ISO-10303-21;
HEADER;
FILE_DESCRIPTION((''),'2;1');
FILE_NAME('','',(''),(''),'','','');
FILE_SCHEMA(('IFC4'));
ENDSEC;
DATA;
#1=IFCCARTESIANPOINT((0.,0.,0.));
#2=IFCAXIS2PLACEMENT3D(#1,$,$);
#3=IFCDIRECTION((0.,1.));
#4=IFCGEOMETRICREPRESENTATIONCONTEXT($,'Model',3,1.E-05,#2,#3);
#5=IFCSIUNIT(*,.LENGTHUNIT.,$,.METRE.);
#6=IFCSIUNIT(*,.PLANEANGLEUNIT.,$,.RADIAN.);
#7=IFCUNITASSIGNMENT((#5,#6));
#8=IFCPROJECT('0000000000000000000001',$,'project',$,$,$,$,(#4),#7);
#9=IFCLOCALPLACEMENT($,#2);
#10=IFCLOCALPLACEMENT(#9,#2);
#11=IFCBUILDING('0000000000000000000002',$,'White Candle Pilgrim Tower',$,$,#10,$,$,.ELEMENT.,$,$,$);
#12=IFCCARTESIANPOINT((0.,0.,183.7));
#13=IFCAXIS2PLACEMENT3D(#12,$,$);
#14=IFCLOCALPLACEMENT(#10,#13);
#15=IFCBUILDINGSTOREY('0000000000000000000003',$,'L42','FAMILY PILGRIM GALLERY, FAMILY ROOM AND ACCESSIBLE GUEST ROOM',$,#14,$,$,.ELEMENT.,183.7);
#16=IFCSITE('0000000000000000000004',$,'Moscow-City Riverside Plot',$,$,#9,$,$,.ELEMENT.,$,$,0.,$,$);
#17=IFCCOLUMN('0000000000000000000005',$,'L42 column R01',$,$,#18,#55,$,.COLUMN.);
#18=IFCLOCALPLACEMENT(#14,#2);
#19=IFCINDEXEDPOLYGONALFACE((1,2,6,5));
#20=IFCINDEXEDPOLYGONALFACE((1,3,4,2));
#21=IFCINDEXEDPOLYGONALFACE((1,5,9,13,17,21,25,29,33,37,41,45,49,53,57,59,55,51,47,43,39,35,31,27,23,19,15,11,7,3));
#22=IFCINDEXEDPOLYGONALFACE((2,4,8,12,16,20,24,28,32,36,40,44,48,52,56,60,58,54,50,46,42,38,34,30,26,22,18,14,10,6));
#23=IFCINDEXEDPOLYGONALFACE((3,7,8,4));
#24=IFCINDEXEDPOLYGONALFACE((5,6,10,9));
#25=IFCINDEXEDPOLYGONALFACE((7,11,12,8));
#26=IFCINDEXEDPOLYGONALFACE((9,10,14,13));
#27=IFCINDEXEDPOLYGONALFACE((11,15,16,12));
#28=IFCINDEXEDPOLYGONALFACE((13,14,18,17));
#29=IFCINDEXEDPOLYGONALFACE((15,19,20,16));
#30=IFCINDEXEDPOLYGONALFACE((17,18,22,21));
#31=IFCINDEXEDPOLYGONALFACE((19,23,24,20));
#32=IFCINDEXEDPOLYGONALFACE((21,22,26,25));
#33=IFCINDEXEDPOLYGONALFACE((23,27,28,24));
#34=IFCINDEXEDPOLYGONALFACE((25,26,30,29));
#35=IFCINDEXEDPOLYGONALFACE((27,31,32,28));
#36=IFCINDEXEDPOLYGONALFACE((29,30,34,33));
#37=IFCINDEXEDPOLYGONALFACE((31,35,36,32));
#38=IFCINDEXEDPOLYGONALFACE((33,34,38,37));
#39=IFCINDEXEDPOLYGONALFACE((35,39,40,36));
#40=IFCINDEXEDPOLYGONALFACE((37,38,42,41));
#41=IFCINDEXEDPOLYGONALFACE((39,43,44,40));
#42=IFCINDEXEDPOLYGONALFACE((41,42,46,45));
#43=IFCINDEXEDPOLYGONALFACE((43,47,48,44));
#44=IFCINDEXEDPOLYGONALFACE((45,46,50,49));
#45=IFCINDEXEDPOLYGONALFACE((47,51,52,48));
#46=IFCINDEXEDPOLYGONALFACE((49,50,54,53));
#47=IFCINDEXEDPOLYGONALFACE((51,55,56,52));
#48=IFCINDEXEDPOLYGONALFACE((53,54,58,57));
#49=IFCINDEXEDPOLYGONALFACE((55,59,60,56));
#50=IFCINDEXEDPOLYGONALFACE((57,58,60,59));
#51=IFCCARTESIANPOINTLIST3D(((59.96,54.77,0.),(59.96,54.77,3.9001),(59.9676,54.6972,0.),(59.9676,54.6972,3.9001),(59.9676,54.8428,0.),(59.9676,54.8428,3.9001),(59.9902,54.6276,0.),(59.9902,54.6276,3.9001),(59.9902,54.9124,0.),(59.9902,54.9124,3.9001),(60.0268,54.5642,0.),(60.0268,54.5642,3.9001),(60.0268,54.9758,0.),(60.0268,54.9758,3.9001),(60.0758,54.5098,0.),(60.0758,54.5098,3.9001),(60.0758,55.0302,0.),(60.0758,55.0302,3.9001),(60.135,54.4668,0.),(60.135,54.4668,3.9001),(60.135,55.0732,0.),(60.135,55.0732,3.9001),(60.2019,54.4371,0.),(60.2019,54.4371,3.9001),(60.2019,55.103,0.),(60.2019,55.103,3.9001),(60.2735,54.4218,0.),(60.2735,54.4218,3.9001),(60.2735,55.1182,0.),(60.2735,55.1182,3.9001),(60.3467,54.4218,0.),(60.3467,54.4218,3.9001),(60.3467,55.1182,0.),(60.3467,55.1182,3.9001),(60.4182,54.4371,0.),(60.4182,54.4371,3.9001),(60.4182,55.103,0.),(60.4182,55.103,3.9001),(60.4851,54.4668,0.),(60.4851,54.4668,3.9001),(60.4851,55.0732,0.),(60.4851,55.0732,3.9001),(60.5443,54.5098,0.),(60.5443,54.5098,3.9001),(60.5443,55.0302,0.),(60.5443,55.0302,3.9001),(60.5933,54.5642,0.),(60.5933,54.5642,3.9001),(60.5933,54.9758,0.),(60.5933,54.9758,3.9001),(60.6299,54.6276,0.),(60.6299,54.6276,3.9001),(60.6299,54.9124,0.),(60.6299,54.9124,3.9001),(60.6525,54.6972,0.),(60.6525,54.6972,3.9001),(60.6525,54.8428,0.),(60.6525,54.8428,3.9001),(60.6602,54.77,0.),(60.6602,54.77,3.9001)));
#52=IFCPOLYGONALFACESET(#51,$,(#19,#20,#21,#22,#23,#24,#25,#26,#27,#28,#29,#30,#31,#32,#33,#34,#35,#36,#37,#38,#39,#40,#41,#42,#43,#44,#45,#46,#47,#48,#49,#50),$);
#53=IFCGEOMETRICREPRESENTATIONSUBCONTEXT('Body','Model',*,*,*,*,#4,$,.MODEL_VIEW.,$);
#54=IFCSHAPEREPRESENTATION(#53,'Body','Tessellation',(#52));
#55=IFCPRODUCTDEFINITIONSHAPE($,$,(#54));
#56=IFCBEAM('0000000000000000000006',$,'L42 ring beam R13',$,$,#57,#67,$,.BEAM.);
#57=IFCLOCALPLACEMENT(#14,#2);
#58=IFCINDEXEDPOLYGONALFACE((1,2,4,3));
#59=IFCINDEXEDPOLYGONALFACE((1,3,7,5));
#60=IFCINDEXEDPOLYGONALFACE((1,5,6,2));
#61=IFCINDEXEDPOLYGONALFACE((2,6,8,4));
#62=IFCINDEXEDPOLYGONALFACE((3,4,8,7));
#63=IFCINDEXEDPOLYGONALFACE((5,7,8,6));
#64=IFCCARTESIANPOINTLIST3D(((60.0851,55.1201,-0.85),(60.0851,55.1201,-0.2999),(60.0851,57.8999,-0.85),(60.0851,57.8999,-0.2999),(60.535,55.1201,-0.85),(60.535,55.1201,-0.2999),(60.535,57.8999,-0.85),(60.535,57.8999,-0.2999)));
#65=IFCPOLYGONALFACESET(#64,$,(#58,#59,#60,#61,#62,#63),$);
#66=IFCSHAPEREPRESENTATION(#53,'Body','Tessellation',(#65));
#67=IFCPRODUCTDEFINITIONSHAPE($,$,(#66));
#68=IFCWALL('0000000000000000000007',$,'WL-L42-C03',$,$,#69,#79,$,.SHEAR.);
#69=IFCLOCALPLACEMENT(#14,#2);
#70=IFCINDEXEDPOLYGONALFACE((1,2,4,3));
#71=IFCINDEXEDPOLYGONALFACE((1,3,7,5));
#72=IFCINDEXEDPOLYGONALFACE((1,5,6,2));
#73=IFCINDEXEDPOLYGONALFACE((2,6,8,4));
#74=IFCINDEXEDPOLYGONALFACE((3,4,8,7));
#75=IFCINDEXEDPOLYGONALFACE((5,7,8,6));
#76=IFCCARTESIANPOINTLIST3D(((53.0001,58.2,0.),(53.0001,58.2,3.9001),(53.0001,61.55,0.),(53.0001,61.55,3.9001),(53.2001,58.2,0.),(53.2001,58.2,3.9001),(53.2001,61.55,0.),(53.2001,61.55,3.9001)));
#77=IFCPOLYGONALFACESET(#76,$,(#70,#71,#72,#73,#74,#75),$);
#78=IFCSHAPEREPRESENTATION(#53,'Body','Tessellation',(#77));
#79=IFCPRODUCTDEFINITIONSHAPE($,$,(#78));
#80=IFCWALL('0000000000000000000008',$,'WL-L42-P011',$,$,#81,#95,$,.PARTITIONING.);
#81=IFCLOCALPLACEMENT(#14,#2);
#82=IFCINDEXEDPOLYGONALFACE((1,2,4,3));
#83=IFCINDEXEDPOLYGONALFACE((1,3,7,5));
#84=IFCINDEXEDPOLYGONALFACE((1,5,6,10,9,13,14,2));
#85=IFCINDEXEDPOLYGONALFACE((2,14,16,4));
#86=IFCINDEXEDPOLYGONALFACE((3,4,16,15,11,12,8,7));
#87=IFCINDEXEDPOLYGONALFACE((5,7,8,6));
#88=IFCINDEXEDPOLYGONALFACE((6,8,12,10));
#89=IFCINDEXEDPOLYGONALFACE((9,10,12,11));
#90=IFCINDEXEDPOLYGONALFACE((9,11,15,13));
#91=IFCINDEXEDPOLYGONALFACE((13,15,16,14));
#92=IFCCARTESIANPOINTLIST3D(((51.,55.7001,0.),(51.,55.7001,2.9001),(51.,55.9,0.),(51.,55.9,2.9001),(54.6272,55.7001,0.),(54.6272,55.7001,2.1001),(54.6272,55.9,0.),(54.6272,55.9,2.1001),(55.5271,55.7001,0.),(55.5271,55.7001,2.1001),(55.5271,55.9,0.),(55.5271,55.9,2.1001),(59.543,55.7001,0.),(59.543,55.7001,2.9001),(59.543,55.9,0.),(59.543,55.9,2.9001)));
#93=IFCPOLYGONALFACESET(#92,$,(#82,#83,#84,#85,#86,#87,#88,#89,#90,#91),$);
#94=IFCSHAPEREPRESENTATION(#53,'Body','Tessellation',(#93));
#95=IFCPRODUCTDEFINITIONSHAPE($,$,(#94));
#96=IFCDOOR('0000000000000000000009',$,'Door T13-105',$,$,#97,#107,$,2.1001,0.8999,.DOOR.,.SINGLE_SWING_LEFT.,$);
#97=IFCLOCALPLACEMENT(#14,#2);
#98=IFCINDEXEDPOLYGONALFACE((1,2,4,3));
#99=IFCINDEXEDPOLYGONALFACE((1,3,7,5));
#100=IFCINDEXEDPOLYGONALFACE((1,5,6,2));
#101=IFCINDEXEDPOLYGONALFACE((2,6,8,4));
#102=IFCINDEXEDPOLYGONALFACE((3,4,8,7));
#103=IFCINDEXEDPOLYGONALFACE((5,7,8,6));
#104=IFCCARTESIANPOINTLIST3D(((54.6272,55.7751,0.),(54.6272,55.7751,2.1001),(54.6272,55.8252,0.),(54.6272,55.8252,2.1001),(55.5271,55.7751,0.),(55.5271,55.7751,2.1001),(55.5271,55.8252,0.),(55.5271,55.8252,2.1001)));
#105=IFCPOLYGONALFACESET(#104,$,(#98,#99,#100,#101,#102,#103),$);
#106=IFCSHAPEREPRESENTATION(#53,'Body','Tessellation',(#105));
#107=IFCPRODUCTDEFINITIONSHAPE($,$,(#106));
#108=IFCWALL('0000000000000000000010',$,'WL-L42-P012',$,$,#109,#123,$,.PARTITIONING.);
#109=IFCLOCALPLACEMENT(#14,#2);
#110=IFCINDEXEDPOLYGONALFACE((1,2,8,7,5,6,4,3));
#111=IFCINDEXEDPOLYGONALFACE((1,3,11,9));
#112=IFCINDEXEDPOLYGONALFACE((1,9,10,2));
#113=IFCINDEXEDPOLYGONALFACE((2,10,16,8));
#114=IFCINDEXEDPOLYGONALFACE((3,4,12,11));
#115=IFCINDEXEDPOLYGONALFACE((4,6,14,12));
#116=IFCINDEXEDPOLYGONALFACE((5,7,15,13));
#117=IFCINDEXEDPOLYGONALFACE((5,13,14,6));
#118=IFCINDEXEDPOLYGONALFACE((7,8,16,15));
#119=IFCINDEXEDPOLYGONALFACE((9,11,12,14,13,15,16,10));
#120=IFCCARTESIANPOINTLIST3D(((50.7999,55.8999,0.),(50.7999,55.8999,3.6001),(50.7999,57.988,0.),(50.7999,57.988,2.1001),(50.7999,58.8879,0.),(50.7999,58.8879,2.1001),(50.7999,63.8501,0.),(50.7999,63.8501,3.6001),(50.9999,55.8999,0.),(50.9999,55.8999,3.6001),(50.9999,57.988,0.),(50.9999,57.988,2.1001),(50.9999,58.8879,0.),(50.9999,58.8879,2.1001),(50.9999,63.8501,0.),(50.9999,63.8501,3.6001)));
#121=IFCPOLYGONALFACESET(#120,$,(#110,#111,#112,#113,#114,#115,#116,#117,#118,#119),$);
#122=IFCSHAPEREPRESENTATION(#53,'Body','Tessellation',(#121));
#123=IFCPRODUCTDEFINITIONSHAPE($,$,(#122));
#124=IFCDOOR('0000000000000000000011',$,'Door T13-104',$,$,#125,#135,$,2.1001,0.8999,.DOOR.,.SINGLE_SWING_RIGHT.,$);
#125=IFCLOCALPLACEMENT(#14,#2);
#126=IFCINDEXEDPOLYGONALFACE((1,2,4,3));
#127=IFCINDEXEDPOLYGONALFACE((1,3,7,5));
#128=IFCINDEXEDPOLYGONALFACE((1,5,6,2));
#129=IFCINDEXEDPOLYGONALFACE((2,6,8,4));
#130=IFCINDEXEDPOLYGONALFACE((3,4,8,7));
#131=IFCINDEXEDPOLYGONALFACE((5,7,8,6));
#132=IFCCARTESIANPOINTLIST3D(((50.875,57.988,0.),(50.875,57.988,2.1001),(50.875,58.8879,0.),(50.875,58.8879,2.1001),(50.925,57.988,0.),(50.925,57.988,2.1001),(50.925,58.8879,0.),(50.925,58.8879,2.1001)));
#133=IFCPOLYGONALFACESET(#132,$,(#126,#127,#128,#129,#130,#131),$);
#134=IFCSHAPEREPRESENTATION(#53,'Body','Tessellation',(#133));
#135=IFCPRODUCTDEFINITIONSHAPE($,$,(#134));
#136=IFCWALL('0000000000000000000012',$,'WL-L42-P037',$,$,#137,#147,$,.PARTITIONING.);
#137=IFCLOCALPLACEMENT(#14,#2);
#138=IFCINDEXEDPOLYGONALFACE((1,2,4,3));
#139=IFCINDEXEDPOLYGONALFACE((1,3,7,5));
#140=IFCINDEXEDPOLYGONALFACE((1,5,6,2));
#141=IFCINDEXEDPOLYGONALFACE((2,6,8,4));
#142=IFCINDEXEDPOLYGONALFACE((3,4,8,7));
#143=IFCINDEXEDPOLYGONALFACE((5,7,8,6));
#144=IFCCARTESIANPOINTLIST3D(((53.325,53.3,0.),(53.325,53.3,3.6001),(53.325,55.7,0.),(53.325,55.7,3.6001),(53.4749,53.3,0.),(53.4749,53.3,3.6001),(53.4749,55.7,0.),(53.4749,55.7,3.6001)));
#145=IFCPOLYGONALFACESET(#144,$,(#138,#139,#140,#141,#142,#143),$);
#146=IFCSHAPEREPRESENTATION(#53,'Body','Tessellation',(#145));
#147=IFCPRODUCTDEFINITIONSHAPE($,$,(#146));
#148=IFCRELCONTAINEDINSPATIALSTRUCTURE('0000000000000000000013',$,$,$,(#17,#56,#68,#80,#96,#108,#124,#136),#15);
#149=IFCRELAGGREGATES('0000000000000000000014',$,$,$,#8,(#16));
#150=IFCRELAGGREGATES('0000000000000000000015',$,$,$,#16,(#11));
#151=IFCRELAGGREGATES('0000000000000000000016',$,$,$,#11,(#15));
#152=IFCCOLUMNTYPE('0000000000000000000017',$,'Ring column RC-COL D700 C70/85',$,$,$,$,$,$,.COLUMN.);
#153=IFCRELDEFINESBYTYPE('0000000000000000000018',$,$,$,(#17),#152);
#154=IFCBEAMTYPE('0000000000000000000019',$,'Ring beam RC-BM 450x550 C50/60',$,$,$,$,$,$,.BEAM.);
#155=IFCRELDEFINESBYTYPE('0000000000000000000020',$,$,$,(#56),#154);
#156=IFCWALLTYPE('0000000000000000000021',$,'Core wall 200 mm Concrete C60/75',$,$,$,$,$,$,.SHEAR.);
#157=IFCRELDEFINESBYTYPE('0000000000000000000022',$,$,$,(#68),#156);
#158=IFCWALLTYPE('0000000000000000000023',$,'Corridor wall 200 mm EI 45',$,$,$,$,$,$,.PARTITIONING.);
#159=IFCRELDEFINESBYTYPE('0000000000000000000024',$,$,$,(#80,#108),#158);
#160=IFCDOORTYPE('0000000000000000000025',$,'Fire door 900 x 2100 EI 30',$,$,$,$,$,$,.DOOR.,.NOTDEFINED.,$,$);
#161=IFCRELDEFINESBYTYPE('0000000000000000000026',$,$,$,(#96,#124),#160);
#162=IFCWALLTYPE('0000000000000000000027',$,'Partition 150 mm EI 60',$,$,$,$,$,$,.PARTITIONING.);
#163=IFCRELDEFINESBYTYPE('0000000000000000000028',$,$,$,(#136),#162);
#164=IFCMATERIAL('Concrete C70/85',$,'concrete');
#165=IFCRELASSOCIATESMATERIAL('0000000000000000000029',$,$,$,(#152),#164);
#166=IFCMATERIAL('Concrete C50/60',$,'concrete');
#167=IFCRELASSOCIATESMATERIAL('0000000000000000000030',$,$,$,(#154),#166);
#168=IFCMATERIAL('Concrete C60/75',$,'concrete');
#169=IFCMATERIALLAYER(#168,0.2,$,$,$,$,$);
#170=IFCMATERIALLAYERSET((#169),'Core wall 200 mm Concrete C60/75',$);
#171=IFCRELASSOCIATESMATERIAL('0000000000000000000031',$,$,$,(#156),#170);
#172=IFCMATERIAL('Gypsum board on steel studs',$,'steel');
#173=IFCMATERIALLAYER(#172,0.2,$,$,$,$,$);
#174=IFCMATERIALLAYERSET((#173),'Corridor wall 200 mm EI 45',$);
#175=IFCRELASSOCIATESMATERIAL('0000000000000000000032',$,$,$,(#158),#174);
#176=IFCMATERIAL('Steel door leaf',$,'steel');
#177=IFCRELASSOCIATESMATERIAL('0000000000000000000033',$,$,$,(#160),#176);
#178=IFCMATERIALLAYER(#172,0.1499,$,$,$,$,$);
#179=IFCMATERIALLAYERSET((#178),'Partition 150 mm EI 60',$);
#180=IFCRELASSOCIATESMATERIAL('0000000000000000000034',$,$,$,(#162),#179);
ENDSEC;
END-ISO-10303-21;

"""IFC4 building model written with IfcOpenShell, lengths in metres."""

from ifc_helpers import new_model, si_unit, direction, frame, frame_2d, origin, origin_2d, place, context, subcontext, project, spatial, rectangle, circle, extrude, material, layer, layer_set, material_profile, profile_set, type_object, element, fill, save


model = new_model("IFC4")

# Units and contexts
model_context = context("Model", 3, precision=1e-05, world=origin(), true_north=direction((0.0, 1.0)))
body_context = subcontext(model_context, "Body", "Model", "MODEL_VIEW")
ifc_project = project(units=[si_unit("LENGTHUNIT", "METRE"), si_unit("PLANEANGLEUNIT", "RADIAN")], contexts=[model_context])

# Site, building, storey
site_placement = place(None, origin())
site = spatial("IfcSite", under=ifc_project, at=site_placement, Name="Moscow-City Riverside Plot", CompositionType="ELEMENT", RefElevation=0.0)
building_placement = place(site_placement, origin())
building = spatial("IfcBuilding", under=site, at=building_placement, Name="White Candle Pilgrim Tower", CompositionType="ELEMENT")
storey_placement = place(building_placement, frame((0.0, 0.0, 183.7)))
storey = spatial("IfcBuildingStorey", under=building, at=storey_placement, Name="L42", Description="FAMILY PILGRIM GALLERY, FAMILY ROOM AND ACCESSIBLE GUEST ROOM", CompositionType="ELEMENT", Elevation=183.7)

# Column
ifc_material_1 = material(Name="Concrete C70/85", Category="concrete")
ifc_material_profile_1 = material_profile(ifc_material_1, circle(Radius=0.3501, at=origin_2d()), Name="RC-COL D700")
ifc_profile_set_1 = profile_set([ifc_material_profile_1], Name="Concrete C70/85")
column_type = type_object("IfcColumnType", Name="Ring column RC-COL D700 C70/85", PredefinedType="COLUMN", material=ifc_profile_set_1)
column_placement = place(storey_placement, frame((60.3101, 54.77, 0.0), z_axis=(0.0, 0.0, 1.0), x_axis=(1.0, 0.0, 0.0)))
element("IfcColumn", 1, at=column_placement, inside=storey, type_object=column_type, Name="L42 column R01", PredefinedType="COLUMN", context=body_context, shape_type="SweptSolid", body=[
    extrude(circle(Radius=0.3501, at=origin_2d()), origin(), (0.0, 0.0, 1.0), 3.9001),
])

# Beam
ifc_material_2 = material(Name="Concrete C50/60", Category="concrete")
ifc_material_profile_2 = material_profile(ifc_material_2, rectangle(XDim=0.45, YDim=0.55, at=origin_2d()), Name="RC-BM 450x550")
ifc_profile_set_2 = profile_set([ifc_material_profile_2], Name="Concrete C50/60")
beam_type = type_object("IfcBeamType", Name="Ring beam RC-BM 450x550 C50/60", PredefinedType="BEAM", material=ifc_profile_set_2)
beam_placement = place(storey_placement, frame((60.3101, 55.1201, -0.575), z_axis=(0.0, 1.0, 0.0), x_axis=(-1.0, 0.0, 0.0)))
element("IfcBeam", 2, at=beam_placement, inside=storey, type_object=beam_type, Name="L42 ring beam R13", PredefinedType="BEAM", context=body_context, shape_type="SweptSolid", body=[
    extrude(rectangle(XDim=0.45, YDim=0.55, at=origin_2d()), origin(), (0.0, 0.0, 1.0), 2.7798),
])

# Wall
ifc_material_3 = material(Name="Concrete C60/75", Category="concrete")
ifc_layer_1 = layer(ifc_material_3, 0.2)
ifc_layer_set_1 = layer_set([ifc_layer_1], Name="Core wall 200 mm Concrete C60/75")
wall_type_1 = type_object("IfcWallType", Name="Core wall 200 mm Concrete C60/75", PredefinedType="SHEAR", material=ifc_layer_set_1)
wall_1_placement = place(storey_placement, frame((53.1001, 58.2, 0.0), z_axis=(0.0, 0.0, 1.0), x_axis=(0.0, 1.0, 0.0)))
element("IfcWall", 3, at=wall_1_placement, inside=storey, type_object=wall_type_1, Name="WL-L42-C03", PredefinedType="SHEAR", context=body_context, shape_type="SweptSolid", body=[
    extrude(rectangle(XDim=3.3501, YDim=0.2, at=frame_2d((1.675, 0.0))), origin(), (0.0, 0.0, 1.0), 3.9001),
])

# Walls, openings, doors
ifc_material_4 = material(Name="Gypsum board on steel studs", Category="steel")
ifc_layer_2 = layer(ifc_material_4, 0.2)
ifc_layer_set_2 = layer_set([ifc_layer_2], Name="Corridor wall 200 mm EI 45")
wall_type_2 = type_object("IfcWallType", Name="Corridor wall 200 mm EI 45", PredefinedType="PARTITIONING", material=ifc_layer_set_2)
wall_2_placement = place(storey_placement, frame((59.543, 55.8, 0.0), z_axis=(0.0, 0.0, 1.0), x_axis=(-1.0, 0.0, 0.0)))
wall_2 = element("IfcWall", 4, at=wall_2_placement, inside=storey, type_object=wall_type_2, Name="WL-L42-P011", PredefinedType="PARTITIONING", context=body_context, shape_type="SweptSolid", body=[
    extrude(rectangle(XDim=8.543, YDim=0.2, at=frame_2d((4.2715, 0.0))), origin(), (0.0, 0.0, 1.0), 2.9001),
])
opening_1_placement = place(wall_2_placement, frame((4.0159, 0.0, 0.0)))
opening_1 = element("IfcOpeningElement", 5, at=opening_1_placement, cuts=wall_2, PredefinedType="OPENING", context=body_context, shape_type="SweptSolid", body=[
    extrude(rectangle(XDim=0.8999, YDim=2.1001, at=frame_2d((0.45, 1.05))), frame((0.0, 0.1099, 0.0), z_axis=(0.0, -1.0, 0.0), x_axis=(1.0, 0.0, 0.0)), (0.0, 0.0, 1.0), 0.22),
])
ifc_material_5 = material(Name="Steel door leaf", Category="steel")
door_type_1 = type_object("IfcDoorType", Name="Fire door 900 x 2100 EI 30", OperationType="NOTDEFINED", PredefinedType="DOOR", material=ifc_material_5)
door_1_placement = place(opening_1_placement, origin())
door_1 = element("IfcDoor", 6, at=door_1_placement, inside=storey, type_object=door_type_1, Name="Door T13-105", OperationType="SINGLE_SWING_LEFT", OverallHeight=2.1001, OverallWidth=0.8999, PredefinedType="DOOR", context=body_context, shape_type="SweptSolid", body=[
    extrude(rectangle(XDim=0.8999, YDim=2.1001, at=frame_2d((0.45, 1.05))), frame((0.0, 0.0249, 0.0), z_axis=(0.0, -1.0, 0.0), x_axis=(1.0, 0.0, 0.0)), (0.0, 0.0, 1.0), 0.05),
])
fill(opening_1, door_1)
wall_3_placement = place(storey_placement, frame((50.8999, 55.8999, 0.0), z_axis=(0.0, 0.0, 1.0), x_axis=(0.0, 1.0, 0.0)))
wall_3 = element("IfcWall", 7, at=wall_3_placement, inside=storey, type_object=wall_type_2, Name="WL-L42-P012", PredefinedType="PARTITIONING", context=body_context, shape_type="SweptSolid", body=[
    extrude(rectangle(XDim=7.9502, YDim=0.2, at=frame_2d((3.9751, 0.0))), origin(), (0.0, 0.0, 1.0), 3.6001),
])
opening_2_placement = place(wall_3_placement, frame((2.0881, 0.0, 0.0)))
opening_2 = element("IfcOpeningElement", 8, at=opening_2_placement, cuts=wall_3, PredefinedType="OPENING", context=body_context, shape_type="SweptSolid", body=[
    extrude(rectangle(XDim=0.8999, YDim=2.1001, at=frame_2d((0.45, 1.05))), frame((0.0, 0.1099, 0.0), z_axis=(0.0, -1.0, 0.0), x_axis=(1.0, 0.0, 0.0)), (0.0, 0.0, 1.0), 0.22),
])
door_2_placement = place(opening_2_placement, origin())
door_2 = element("IfcDoor", 9, at=door_2_placement, inside=storey, type_object=door_type_1, Name="Door T13-104", OperationType="SINGLE_SWING_RIGHT", OverallHeight=2.1001, OverallWidth=0.8999, PredefinedType="DOOR", context=body_context, shape_type="SweptSolid", body=[
    extrude(rectangle(XDim=0.8999, YDim=2.1001, at=frame_2d((0.45, 1.05))), frame((0.0, 0.0249, 0.0), z_axis=(0.0, -1.0, 0.0), x_axis=(1.0, 0.0, 0.0)), (0.0, 0.0, 1.0), 0.05),
])
fill(opening_2, door_2)

# Wall
ifc_layer_3 = layer(ifc_material_4, 0.1499)
ifc_layer_set_3 = layer_set([ifc_layer_3], Name="Partition 150 mm EI 60")
wall_type_3 = type_object("IfcWallType", Name="Partition 150 mm EI 60", PredefinedType="PARTITIONING", material=ifc_layer_set_3)
wall_4_placement = place(storey_placement, frame((53.3999, 55.7, 0.0), z_axis=(0.0, 0.0, 1.0), x_axis=(0.0, -1.0, 0.0)))
element("IfcWall", 10, at=wall_4_placement, inside=storey, type_object=wall_type_3, Name="WL-L42-P037", PredefinedType="PARTITIONING", context=body_context, shape_type="SweptSolid", body=[
    extrude(rectangle(XDim=2.3999, YDim=0.1499, at=frame_2d((1.2, 0.0))), origin(), (0.0, 0.0, 1.0), 3.6001),
])

save(model, "model.ifc")
